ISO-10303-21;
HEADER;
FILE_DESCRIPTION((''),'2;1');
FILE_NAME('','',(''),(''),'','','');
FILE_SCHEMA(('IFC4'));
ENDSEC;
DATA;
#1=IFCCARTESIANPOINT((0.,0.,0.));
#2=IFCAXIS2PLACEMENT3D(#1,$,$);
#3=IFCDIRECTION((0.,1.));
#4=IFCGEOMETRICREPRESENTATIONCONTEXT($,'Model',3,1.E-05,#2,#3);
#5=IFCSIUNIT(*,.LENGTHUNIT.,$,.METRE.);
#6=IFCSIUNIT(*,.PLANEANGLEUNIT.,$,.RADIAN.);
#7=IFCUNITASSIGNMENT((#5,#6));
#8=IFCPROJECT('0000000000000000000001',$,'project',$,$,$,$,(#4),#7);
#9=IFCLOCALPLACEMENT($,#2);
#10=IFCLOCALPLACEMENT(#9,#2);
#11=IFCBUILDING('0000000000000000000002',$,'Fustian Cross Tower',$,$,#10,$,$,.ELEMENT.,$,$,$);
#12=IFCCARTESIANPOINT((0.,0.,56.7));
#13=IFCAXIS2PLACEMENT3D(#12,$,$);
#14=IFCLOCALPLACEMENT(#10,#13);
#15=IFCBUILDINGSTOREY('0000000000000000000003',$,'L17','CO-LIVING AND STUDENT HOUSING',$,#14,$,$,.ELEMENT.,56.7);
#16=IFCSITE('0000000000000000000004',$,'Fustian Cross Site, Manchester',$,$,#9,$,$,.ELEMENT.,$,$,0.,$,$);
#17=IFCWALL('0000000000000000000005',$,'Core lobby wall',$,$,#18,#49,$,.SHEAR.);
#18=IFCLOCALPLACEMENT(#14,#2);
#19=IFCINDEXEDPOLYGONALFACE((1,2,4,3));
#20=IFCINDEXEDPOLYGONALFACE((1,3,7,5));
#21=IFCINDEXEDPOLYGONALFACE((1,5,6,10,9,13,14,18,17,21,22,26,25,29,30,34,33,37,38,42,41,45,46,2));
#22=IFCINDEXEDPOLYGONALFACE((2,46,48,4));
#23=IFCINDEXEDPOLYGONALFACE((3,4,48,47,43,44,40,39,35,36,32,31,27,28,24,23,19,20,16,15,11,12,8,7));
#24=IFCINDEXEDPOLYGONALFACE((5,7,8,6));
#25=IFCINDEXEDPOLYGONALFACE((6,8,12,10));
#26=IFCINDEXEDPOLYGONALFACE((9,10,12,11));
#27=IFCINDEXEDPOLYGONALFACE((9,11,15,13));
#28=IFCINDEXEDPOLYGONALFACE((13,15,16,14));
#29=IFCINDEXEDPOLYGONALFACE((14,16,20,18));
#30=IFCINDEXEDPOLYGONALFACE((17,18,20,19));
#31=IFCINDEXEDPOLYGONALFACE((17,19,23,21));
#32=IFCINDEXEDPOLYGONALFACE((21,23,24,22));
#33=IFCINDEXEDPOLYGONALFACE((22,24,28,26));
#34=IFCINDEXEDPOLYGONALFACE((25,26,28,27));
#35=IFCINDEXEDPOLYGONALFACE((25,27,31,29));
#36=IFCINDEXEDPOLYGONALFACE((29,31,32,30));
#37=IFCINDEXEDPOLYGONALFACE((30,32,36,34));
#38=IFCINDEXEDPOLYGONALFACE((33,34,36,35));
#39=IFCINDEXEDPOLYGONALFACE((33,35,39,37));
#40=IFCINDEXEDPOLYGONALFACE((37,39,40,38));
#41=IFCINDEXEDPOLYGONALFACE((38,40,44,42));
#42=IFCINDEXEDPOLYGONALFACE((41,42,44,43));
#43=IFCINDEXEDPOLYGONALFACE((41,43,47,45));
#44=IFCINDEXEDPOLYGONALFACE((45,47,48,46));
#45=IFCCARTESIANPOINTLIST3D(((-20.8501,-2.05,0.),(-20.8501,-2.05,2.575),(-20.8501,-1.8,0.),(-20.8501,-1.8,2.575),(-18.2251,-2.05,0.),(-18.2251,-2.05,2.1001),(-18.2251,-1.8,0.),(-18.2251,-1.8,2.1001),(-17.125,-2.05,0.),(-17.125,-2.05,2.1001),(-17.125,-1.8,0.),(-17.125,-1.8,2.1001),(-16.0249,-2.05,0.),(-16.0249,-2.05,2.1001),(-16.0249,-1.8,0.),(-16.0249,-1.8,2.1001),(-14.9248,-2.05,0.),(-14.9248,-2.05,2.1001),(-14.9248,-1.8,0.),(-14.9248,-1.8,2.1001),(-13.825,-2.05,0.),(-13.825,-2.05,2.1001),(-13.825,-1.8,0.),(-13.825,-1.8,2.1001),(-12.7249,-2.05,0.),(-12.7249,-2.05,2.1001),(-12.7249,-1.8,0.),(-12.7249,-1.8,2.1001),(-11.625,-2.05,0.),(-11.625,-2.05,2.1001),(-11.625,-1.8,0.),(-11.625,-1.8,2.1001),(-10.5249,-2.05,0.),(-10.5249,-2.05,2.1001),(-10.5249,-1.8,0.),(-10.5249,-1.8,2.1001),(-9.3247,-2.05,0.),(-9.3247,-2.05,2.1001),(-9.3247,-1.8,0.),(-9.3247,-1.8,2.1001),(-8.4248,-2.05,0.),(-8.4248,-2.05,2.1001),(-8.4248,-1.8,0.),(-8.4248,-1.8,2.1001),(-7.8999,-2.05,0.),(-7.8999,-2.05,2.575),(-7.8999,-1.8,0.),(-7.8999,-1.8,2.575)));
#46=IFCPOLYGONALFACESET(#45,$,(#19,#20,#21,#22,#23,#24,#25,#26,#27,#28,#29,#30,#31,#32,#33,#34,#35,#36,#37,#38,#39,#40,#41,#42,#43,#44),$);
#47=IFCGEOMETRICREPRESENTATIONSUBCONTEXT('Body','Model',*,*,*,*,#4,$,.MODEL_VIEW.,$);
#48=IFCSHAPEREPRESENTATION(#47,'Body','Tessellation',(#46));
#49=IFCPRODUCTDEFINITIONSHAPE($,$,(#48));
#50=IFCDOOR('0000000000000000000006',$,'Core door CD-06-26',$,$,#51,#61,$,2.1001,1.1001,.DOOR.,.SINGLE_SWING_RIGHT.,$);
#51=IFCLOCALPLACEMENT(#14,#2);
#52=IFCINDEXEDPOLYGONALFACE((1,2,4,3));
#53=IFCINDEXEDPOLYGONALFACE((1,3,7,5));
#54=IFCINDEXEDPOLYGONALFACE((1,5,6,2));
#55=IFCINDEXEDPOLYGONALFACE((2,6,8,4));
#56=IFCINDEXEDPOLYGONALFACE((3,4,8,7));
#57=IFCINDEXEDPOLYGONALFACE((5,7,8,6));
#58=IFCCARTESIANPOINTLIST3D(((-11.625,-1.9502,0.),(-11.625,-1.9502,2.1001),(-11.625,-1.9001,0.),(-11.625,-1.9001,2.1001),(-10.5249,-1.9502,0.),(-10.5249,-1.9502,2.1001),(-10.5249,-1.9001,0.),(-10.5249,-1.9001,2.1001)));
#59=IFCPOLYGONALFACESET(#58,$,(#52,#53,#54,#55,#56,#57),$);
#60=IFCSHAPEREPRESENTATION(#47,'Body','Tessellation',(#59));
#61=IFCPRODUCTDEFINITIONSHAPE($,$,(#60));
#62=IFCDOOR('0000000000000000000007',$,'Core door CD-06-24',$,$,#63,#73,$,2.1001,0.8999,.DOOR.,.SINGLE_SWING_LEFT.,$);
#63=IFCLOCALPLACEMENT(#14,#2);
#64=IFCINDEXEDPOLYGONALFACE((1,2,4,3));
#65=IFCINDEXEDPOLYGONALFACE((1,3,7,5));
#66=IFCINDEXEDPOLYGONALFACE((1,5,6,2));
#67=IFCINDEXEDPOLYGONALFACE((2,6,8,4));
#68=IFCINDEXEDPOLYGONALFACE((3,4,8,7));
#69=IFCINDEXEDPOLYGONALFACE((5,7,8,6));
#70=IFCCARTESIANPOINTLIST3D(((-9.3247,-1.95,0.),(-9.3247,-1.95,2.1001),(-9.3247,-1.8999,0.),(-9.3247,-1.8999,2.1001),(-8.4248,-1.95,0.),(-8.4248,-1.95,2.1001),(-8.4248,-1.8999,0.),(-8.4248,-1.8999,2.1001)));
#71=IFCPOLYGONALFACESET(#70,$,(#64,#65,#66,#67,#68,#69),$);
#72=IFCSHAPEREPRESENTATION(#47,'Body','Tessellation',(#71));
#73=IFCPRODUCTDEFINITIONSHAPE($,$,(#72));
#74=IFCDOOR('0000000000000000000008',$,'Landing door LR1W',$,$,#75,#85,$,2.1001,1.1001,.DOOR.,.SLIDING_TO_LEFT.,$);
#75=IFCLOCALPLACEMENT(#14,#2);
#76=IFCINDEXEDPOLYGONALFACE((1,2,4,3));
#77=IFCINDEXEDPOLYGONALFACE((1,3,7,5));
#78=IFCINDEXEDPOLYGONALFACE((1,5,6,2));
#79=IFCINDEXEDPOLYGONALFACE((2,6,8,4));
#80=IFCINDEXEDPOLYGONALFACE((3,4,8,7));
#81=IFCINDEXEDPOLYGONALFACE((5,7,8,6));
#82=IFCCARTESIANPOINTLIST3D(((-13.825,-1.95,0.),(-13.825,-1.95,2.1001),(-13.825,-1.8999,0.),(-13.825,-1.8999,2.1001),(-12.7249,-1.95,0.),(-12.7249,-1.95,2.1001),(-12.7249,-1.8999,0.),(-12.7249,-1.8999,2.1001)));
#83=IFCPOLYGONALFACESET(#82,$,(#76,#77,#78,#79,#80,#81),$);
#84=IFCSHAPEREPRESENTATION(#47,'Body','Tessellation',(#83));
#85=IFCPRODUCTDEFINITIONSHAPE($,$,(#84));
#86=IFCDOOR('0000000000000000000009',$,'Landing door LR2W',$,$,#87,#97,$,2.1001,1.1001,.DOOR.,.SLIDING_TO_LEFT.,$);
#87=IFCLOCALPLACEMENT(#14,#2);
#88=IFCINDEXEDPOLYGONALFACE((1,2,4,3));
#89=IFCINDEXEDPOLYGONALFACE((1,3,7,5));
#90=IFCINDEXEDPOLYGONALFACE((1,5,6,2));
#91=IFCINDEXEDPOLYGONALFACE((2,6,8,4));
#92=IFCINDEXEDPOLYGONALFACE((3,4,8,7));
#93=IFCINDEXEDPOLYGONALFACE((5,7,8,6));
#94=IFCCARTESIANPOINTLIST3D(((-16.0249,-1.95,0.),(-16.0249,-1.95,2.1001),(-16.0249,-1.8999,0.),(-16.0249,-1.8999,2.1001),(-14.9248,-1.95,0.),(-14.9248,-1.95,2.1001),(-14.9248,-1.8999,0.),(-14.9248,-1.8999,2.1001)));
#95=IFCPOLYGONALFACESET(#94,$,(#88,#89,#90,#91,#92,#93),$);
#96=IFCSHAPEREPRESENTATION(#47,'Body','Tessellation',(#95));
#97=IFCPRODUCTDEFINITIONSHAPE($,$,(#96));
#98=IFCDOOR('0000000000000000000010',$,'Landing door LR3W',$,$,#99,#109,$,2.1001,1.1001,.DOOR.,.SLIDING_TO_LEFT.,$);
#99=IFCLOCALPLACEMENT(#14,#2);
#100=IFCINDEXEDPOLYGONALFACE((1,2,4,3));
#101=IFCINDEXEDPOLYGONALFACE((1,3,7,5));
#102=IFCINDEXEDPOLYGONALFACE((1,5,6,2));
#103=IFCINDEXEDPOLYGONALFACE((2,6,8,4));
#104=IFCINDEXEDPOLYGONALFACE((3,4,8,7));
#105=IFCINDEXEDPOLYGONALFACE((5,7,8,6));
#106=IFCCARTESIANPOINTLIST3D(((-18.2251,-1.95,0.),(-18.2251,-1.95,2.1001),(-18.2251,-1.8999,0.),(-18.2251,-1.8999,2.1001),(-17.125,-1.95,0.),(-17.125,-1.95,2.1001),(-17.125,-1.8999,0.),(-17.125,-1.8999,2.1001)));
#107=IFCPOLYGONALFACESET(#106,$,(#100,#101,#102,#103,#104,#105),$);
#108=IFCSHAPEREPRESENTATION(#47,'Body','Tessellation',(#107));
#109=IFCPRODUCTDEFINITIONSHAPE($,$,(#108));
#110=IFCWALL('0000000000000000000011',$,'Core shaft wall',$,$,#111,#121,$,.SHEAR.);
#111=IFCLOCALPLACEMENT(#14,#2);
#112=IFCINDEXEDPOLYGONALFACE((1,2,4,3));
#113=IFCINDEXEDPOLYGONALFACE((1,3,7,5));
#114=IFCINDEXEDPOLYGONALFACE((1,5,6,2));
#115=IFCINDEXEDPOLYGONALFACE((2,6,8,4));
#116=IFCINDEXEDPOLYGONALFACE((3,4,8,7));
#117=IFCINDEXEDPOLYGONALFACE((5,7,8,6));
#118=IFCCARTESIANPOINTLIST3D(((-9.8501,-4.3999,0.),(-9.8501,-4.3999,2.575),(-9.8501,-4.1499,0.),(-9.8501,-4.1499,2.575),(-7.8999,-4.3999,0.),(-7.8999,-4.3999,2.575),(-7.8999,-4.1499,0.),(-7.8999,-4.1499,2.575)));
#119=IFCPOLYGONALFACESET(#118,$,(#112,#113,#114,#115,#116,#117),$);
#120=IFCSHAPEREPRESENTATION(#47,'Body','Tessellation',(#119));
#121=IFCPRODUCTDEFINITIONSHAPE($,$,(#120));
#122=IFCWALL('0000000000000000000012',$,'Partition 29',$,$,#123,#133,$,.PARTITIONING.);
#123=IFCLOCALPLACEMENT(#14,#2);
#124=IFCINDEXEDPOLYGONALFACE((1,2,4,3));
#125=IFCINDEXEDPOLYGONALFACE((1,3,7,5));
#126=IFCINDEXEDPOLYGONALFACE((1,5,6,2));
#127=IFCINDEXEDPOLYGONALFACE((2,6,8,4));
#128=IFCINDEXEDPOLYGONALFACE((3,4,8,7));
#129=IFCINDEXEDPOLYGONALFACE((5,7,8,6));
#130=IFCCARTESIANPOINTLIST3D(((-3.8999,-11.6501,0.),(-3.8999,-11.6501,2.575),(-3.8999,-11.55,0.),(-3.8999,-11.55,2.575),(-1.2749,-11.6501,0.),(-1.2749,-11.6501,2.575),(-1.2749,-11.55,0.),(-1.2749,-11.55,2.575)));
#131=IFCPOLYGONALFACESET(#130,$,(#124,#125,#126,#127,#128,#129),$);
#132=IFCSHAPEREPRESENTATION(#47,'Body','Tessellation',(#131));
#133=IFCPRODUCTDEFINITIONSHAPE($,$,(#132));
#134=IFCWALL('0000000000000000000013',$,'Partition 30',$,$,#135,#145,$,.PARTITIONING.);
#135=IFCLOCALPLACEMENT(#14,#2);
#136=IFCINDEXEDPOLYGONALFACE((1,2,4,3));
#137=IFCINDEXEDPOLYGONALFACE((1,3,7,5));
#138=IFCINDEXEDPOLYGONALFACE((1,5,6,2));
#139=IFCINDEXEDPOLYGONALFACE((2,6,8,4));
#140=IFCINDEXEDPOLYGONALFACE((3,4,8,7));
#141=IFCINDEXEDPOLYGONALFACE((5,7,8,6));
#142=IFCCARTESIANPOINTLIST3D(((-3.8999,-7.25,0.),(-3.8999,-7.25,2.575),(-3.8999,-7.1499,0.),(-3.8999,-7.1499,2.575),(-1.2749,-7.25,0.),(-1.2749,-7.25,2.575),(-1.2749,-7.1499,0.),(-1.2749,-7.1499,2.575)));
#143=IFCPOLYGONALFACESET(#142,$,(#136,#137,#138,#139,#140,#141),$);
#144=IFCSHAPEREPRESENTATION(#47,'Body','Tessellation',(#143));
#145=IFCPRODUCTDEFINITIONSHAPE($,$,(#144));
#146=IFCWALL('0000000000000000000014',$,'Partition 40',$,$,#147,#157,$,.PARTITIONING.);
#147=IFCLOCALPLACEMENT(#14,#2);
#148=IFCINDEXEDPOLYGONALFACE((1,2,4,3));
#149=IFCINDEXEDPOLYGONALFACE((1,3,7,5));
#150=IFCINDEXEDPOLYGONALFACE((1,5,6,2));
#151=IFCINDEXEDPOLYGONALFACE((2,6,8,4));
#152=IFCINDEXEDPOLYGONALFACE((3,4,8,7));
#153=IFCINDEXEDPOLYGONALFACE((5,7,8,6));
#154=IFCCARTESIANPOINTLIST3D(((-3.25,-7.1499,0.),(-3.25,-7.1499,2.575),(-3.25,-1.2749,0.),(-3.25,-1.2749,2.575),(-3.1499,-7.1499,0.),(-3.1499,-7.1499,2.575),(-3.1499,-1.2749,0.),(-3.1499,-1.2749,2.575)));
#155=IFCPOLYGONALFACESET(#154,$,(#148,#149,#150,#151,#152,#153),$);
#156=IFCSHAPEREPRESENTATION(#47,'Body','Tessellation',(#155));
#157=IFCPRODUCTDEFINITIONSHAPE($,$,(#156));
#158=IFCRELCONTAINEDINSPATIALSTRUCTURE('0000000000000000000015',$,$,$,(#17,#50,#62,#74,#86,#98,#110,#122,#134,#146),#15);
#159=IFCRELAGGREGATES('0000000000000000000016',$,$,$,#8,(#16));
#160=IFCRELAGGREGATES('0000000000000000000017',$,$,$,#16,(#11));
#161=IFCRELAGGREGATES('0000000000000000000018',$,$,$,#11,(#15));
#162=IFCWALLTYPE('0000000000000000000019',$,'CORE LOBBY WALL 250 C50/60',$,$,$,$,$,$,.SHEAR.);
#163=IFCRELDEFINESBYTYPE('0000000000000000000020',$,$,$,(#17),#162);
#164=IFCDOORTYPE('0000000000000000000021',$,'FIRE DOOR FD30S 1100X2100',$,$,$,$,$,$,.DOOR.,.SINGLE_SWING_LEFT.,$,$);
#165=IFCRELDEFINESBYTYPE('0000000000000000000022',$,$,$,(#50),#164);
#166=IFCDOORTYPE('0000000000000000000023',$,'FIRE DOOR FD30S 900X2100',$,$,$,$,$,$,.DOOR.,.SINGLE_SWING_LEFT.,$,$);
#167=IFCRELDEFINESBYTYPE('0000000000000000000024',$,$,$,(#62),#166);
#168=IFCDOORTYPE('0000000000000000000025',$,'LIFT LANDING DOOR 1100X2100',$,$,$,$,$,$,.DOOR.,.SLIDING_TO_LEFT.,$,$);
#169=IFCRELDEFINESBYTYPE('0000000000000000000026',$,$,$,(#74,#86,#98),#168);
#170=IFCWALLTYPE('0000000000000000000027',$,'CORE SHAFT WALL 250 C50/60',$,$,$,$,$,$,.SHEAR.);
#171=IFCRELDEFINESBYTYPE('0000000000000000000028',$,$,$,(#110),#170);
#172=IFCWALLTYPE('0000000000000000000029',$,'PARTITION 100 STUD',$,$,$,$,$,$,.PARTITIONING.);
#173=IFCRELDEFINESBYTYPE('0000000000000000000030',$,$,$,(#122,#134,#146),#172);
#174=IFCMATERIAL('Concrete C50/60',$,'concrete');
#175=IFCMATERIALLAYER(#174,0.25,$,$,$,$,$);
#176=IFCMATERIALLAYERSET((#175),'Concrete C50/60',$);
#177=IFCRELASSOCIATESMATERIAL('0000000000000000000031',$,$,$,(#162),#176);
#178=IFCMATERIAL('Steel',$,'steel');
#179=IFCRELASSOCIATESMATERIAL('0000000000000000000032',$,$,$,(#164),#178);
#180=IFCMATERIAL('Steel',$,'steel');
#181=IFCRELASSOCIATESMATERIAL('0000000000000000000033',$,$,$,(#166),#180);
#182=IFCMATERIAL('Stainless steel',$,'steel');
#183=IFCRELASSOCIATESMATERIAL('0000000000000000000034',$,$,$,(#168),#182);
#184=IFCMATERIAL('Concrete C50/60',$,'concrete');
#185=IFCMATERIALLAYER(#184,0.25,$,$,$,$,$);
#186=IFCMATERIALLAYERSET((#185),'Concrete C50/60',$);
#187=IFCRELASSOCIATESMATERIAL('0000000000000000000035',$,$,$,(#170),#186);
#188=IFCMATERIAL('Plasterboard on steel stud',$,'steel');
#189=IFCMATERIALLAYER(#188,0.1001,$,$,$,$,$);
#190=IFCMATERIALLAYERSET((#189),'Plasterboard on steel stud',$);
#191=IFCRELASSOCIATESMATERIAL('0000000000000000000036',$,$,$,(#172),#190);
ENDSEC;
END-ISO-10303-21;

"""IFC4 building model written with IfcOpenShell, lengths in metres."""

from ifc_helpers import new_model, si_unit, direction, frame, frame_2d, origin, place, context, subcontext, project, spatial, rectangle, extrude, material, layer, layer_set, type_object, element, fill, save


model = new_model("IFC4")

# Units and contexts
model_context = context("Model", 3, precision=1e-05, world=origin(), true_north=direction((0.0, 1.0)))
body_context = subcontext(model_context, "Body", "Model", "MODEL_VIEW")
ifc_project = project(units=[si_unit("LENGTHUNIT", "METRE"), si_unit("PLANEANGLEUNIT", "RADIAN")], contexts=[model_context])

# Site, building, storey
site_placement = place(None, origin())
site = spatial("IfcSite", under=ifc_project, at=site_placement, Name="Fustian Cross Site, Manchester", CompositionType="ELEMENT", RefElevation=0.0)
building_placement = place(site_placement, origin())
building = spatial("IfcBuilding", under=site, at=building_placement, Name="Fustian Cross Tower", CompositionType="ELEMENT")
storey_placement = place(building_placement, frame((0.0, 0.0, 56.7)))
storey = spatial("IfcBuildingStorey", under=building, at=storey_placement, Name="L17", Description="CO-LIVING AND STUDENT HOUSING", CompositionType="ELEMENT", Elevation=56.7)

# Wall, openings, doors
ifc_material_1 = material(Name="Concrete C50/60", Category="concrete")
ifc_layer_1 = layer(ifc_material_1, 0.25)
ifc_layer_set_1 = layer_set([ifc_layer_1], Name="Concrete C50/60")
wall_type_1 = type_object("IfcWallType", Name="CORE LOBBY WALL 250 C50/60", PredefinedType="SHEAR", material=ifc_layer_set_1)
wall_1_placement = place(storey_placement, frame((-7.8999, -1.925, 0.0), z_axis=(0.0, 0.0, 1.0), x_axis=(-1.0, 0.0, 0.0)))
wall_1 = element("IfcWall", 1, at=wall_1_placement, inside=storey, type_object=wall_type_1, Name="Core lobby wall", PredefinedType="SHEAR", context=body_context, shape_type="SweptSolid", body=[
    extrude(rectangle(XDim=12.9502, YDim=0.25, at=frame_2d((6.4751, 0.0))), origin(), (0.0, 0.0, 1.0), 2.575),
])
opening_1_placement = place(wall_1_placement, frame((4.825, 0.0, 0.0)))
opening_1 = element("IfcOpeningElement", 2, at=opening_1_placement, cuts=wall_1, PredefinedType="OPENING", context=body_context, shape_type="SweptSolid", body=[
    extrude(rectangle(XDim=1.1001, YDim=2.1001, at=frame_2d((0.55, 1.05))), frame((0.0, 0.135, 0.0), z_axis=(0.0, -1.0, 0.0), x_axis=(1.0, 0.0, 0.0)), (0.0, 0.0, 1.0), 0.27),
])
opening_2_placement = place(wall_1_placement, frame((7.0249, 0.0, 0.0)))
opening_2 = element("IfcOpeningElement", 3, at=opening_2_placement, cuts=wall_1, PredefinedType="OPENING", context=body_context, shape_type="SweptSolid", body=[
    extrude(rectangle(XDim=1.1001, YDim=2.1001, at=frame_2d((0.55, 1.05))), frame((0.0, 0.135, 0.0), z_axis=(0.0, -1.0, 0.0), x_axis=(1.0, 0.0, 0.0)), (0.0, 0.0, 1.0), 0.27),
])
opening_3_placement = place(wall_1_placement, frame((9.2251, 0.0, 0.0)))
opening_3 = element("IfcOpeningElement", 4, at=opening_3_placement, cuts=wall_1, PredefinedType="OPENING", context=body_context, shape_type="SweptSolid", body=[
    extrude(rectangle(XDim=1.1001, YDim=2.1001, at=frame_2d((0.55, 1.05))), frame((0.0, 0.135, 0.0), z_axis=(0.0, -1.0, 0.0), x_axis=(1.0, 0.0, 0.0)), (0.0, 0.0, 1.0), 0.27),
])
opening_4_placement = place(wall_1_placement, frame((0.5249, 0.0, 0.0)))
opening_4 = element("IfcOpeningElement", 5, at=opening_4_placement, cuts=wall_1, PredefinedType="OPENING", context=body_context, shape_type="SweptSolid", body=[
    extrude(rectangle(XDim=0.8999, YDim=2.1001, at=frame_2d((0.45, 1.05))), frame((0.0, 0.135, 0.0), z_axis=(0.0, -1.0, 0.0), x_axis=(1.0, 0.0, 0.0)), (0.0, 0.0, 1.0), 0.27),
])
opening_5_placement = place(wall_1_placement, frame((2.625, 0.0, 0.0)))
opening_5 = element("IfcOpeningElement", 6, at=opening_5_placement, cuts=wall_1, PredefinedType="OPENING", context=body_context, shape_type="SweptSolid", body=[
    extrude(rectangle(XDim=1.1001, YDim=2.1001, at=frame_2d((0.55, 1.05))), frame((0.0, 0.135, 0.0), z_axis=(0.0, -1.0, 0.0), x_axis=(1.0, 0.0, 0.0)), (0.0, 0.0, 1.0), 0.27),
])
ifc_material_2 = material(Name="Steel", Category="steel")
door_type_1 = type_object("IfcDoorType", Name="FIRE DOOR FD30S 1100X2100", OperationType="SINGLE_SWING_LEFT", PredefinedType="DOOR", material=ifc_material_2)
door_1_placement = place(opening_5_placement, frame((1.1001, 0.0, 0.0), z_axis=(0.0, 0.0, 1.0), x_axis=(-1.0, 0.0, 0.0)))
door_1 = element("IfcDoor", 7, at=door_1_placement, inside=storey, type_object=door_type_1, Name="Core door CD-06-26", OperationType="SINGLE_SWING_RIGHT", OverallHeight=2.1001, OverallWidth=1.1001, PredefinedType="DOOR", context=body_context, shape_type="SweptSolid", body=[
    extrude(rectangle(XDim=1.1001, YDim=2.1001, at=frame_2d((0.55, 1.05))), frame((0.0, 0.0249, 0.0), z_axis=(0.0, -1.0, 0.0), x_axis=(1.0, 0.0, 0.0)), (0.0, 0.0, 1.0), 0.05),
])
fill(opening_5, door_1)
ifc_material_3 = material(Name="Steel", Category="steel")
door_type_2 = type_object("IfcDoorType", Name="FIRE DOOR FD30S 900X2100", OperationType="SINGLE_SWING_LEFT", PredefinedType="DOOR", material=ifc_material_3)
door_2_placement = place(opening_4_placement, origin())
door_2 = element("IfcDoor", 8, at=door_2_placement, inside=storey, type_object=door_type_2, Name="Core door CD-06-24", OperationType="SINGLE_SWING_LEFT", OverallHeight=2.1001, OverallWidth=0.8999, PredefinedType="DOOR", context=body_context, shape_type="SweptSolid", body=[
    extrude(rectangle(XDim=0.8999, YDim=2.1001, at=frame_2d((0.45, 1.05))), frame((0.0, 0.0249, 0.0), z_axis=(0.0, -1.0, 0.0), x_axis=(1.0, 0.0, 0.0)), (0.0, 0.0, 1.0), 0.05),
])
fill(opening_4, door_2)
ifc_material_4 = material(Name="Stainless steel", Category="steel")
door_type_3 = type_object("IfcDoorType", Name="LIFT LANDING DOOR 1100X2100", OperationType="SLIDING_TO_LEFT", PredefinedType="DOOR", material=ifc_material_4)
door_3_placement = place(opening_1_placement, origin())
door_3 = element("IfcDoor", 9, at=door_3_placement, inside=storey, type_object=door_type_3, Name="Landing door LR1W", OperationType="SLIDING_TO_LEFT", OverallHeight=2.1001, OverallWidth=1.1001, PredefinedType="DOOR", context=body_context, shape_type="SweptSolid", body=[
    extrude(rectangle(XDim=1.1001, YDim=2.1001, at=frame_2d((0.55, 1.05))), frame((0.0, 0.0249, 0.0), z_axis=(0.0, -1.0, 0.0), x_axis=(1.0, 0.0, 0.0)), (0.0, 0.0, 1.0), 0.05),
])
fill(opening_1, door_3)
door_4_placement = place(opening_2_placement, origin())
door_4 = element("IfcDoor", 10, at=door_4_placement, inside=storey, type_object=door_type_3, Name="Landing door LR2W", OperationType="SLIDING_TO_LEFT", OverallHeight=2.1001, OverallWidth=1.1001, PredefinedType="DOOR", context=body_context, shape_type="SweptSolid", body=[
    extrude(rectangle(XDim=1.1001, YDim=2.1001, at=frame_2d((0.55, 1.05))), frame((0.0, 0.0249, 0.0), z_axis=(0.0, -1.0, 0.0), x_axis=(1.0, 0.0, 0.0)), (0.0, 0.0, 1.0), 0.05),
])
fill(opening_2, door_4)
door_5_placement = place(opening_3_placement, origin())
door_5 = element("IfcDoor", 11, at=door_5_placement, inside=storey, type_object=door_type_3, Name="Landing door LR3W", OperationType="SLIDING_TO_LEFT", OverallHeight=2.1001, OverallWidth=1.1001, PredefinedType="DOOR", context=body_context, shape_type="SweptSolid", body=[
    extrude(rectangle(XDim=1.1001, YDim=2.1001, at=frame_2d((0.55, 1.05))), frame((0.0, 0.0249, 0.0), z_axis=(0.0, -1.0, 0.0), x_axis=(1.0, 0.0, 0.0)), (0.0, 0.0, 1.0), 0.05),
])
fill(opening_3, door_5)

# Walls
ifc_material_5 = material(Name="Concrete C50/60", Category="concrete")
ifc_layer_2 = layer(ifc_material_5, 0.25)
ifc_layer_set_2 = layer_set([ifc_layer_2], Name="Concrete C50/60")
wall_type_2 = type_object("IfcWallType", Name="CORE SHAFT WALL 250 C50/60", PredefinedType="SHEAR", material=ifc_layer_set_2)
wall_2_placement = place(storey_placement, frame((-7.8999, -4.2749, 0.0), z_axis=(0.0, 0.0, 1.0), x_axis=(-1.0, 0.0, 0.0)))
element("IfcWall", 12, at=wall_2_placement, inside=storey, type_object=wall_type_2, Name="Core shaft wall", PredefinedType="SHEAR", context=body_context, shape_type="SweptSolid", body=[
    extrude(rectangle(XDim=1.9502, YDim=0.25, at=frame_2d((0.9751, 0.0))), origin(), (0.0, 0.0, 1.0), 2.575),
])
ifc_material_6 = material(Name="Plasterboard on steel stud", Category="steel")
ifc_layer_3 = layer(ifc_material_6, 0.1001)
ifc_layer_set_3 = layer_set([ifc_layer_3], Name="Plasterboard on steel stud")
wall_type_3 = type_object("IfcWallType", Name="PARTITION 100 STUD", PredefinedType="PARTITIONING", material=ifc_layer_set_3)
for number, where, z_axis, x_axis, name in (
    (13, (-3.8999, -11.6001, 0.0), (0.0, 0.0, 1.0), (1.0, 0.0, 0.0), "Partition 29"),
    (14, (-3.8999, -7.2, 0.0), (0.0, 0.0, 1.0), (1.0, 0.0, 0.0), "Partition 30"),
):
    element("IfcWall", number, at=place(storey_placement, frame(where, z_axis=z_axis, x_axis=x_axis)), inside=storey, type_object=wall_type_3, Name=name, PredefinedType="PARTITIONING", context=body_context, shape_type="SweptSolid", body=[
        extrude(rectangle(XDim=2.625, YDim=0.1001, at=frame_2d((1.3125, 0.0))), origin(), (0.0, 0.0, 1.0), 2.575),
    ])
wall_3_placement = place(storey_placement, frame((-3.2, -7.1499, 0.0), z_axis=(0.0, 0.0, 1.0), x_axis=(0.0, 1.0, 0.0)))
element("IfcWall", 15, at=wall_3_placement, inside=storey, type_object=wall_type_3, Name="Partition 40", PredefinedType="PARTITIONING", context=body_context, shape_type="SweptSolid", body=[
    extrude(rectangle(XDim=5.875, YDim=0.1001, at=frame_2d((2.9375, 0.0))), origin(), (0.0, 0.0, 1.0), 2.575),
])

save(model, "model.ifc")
